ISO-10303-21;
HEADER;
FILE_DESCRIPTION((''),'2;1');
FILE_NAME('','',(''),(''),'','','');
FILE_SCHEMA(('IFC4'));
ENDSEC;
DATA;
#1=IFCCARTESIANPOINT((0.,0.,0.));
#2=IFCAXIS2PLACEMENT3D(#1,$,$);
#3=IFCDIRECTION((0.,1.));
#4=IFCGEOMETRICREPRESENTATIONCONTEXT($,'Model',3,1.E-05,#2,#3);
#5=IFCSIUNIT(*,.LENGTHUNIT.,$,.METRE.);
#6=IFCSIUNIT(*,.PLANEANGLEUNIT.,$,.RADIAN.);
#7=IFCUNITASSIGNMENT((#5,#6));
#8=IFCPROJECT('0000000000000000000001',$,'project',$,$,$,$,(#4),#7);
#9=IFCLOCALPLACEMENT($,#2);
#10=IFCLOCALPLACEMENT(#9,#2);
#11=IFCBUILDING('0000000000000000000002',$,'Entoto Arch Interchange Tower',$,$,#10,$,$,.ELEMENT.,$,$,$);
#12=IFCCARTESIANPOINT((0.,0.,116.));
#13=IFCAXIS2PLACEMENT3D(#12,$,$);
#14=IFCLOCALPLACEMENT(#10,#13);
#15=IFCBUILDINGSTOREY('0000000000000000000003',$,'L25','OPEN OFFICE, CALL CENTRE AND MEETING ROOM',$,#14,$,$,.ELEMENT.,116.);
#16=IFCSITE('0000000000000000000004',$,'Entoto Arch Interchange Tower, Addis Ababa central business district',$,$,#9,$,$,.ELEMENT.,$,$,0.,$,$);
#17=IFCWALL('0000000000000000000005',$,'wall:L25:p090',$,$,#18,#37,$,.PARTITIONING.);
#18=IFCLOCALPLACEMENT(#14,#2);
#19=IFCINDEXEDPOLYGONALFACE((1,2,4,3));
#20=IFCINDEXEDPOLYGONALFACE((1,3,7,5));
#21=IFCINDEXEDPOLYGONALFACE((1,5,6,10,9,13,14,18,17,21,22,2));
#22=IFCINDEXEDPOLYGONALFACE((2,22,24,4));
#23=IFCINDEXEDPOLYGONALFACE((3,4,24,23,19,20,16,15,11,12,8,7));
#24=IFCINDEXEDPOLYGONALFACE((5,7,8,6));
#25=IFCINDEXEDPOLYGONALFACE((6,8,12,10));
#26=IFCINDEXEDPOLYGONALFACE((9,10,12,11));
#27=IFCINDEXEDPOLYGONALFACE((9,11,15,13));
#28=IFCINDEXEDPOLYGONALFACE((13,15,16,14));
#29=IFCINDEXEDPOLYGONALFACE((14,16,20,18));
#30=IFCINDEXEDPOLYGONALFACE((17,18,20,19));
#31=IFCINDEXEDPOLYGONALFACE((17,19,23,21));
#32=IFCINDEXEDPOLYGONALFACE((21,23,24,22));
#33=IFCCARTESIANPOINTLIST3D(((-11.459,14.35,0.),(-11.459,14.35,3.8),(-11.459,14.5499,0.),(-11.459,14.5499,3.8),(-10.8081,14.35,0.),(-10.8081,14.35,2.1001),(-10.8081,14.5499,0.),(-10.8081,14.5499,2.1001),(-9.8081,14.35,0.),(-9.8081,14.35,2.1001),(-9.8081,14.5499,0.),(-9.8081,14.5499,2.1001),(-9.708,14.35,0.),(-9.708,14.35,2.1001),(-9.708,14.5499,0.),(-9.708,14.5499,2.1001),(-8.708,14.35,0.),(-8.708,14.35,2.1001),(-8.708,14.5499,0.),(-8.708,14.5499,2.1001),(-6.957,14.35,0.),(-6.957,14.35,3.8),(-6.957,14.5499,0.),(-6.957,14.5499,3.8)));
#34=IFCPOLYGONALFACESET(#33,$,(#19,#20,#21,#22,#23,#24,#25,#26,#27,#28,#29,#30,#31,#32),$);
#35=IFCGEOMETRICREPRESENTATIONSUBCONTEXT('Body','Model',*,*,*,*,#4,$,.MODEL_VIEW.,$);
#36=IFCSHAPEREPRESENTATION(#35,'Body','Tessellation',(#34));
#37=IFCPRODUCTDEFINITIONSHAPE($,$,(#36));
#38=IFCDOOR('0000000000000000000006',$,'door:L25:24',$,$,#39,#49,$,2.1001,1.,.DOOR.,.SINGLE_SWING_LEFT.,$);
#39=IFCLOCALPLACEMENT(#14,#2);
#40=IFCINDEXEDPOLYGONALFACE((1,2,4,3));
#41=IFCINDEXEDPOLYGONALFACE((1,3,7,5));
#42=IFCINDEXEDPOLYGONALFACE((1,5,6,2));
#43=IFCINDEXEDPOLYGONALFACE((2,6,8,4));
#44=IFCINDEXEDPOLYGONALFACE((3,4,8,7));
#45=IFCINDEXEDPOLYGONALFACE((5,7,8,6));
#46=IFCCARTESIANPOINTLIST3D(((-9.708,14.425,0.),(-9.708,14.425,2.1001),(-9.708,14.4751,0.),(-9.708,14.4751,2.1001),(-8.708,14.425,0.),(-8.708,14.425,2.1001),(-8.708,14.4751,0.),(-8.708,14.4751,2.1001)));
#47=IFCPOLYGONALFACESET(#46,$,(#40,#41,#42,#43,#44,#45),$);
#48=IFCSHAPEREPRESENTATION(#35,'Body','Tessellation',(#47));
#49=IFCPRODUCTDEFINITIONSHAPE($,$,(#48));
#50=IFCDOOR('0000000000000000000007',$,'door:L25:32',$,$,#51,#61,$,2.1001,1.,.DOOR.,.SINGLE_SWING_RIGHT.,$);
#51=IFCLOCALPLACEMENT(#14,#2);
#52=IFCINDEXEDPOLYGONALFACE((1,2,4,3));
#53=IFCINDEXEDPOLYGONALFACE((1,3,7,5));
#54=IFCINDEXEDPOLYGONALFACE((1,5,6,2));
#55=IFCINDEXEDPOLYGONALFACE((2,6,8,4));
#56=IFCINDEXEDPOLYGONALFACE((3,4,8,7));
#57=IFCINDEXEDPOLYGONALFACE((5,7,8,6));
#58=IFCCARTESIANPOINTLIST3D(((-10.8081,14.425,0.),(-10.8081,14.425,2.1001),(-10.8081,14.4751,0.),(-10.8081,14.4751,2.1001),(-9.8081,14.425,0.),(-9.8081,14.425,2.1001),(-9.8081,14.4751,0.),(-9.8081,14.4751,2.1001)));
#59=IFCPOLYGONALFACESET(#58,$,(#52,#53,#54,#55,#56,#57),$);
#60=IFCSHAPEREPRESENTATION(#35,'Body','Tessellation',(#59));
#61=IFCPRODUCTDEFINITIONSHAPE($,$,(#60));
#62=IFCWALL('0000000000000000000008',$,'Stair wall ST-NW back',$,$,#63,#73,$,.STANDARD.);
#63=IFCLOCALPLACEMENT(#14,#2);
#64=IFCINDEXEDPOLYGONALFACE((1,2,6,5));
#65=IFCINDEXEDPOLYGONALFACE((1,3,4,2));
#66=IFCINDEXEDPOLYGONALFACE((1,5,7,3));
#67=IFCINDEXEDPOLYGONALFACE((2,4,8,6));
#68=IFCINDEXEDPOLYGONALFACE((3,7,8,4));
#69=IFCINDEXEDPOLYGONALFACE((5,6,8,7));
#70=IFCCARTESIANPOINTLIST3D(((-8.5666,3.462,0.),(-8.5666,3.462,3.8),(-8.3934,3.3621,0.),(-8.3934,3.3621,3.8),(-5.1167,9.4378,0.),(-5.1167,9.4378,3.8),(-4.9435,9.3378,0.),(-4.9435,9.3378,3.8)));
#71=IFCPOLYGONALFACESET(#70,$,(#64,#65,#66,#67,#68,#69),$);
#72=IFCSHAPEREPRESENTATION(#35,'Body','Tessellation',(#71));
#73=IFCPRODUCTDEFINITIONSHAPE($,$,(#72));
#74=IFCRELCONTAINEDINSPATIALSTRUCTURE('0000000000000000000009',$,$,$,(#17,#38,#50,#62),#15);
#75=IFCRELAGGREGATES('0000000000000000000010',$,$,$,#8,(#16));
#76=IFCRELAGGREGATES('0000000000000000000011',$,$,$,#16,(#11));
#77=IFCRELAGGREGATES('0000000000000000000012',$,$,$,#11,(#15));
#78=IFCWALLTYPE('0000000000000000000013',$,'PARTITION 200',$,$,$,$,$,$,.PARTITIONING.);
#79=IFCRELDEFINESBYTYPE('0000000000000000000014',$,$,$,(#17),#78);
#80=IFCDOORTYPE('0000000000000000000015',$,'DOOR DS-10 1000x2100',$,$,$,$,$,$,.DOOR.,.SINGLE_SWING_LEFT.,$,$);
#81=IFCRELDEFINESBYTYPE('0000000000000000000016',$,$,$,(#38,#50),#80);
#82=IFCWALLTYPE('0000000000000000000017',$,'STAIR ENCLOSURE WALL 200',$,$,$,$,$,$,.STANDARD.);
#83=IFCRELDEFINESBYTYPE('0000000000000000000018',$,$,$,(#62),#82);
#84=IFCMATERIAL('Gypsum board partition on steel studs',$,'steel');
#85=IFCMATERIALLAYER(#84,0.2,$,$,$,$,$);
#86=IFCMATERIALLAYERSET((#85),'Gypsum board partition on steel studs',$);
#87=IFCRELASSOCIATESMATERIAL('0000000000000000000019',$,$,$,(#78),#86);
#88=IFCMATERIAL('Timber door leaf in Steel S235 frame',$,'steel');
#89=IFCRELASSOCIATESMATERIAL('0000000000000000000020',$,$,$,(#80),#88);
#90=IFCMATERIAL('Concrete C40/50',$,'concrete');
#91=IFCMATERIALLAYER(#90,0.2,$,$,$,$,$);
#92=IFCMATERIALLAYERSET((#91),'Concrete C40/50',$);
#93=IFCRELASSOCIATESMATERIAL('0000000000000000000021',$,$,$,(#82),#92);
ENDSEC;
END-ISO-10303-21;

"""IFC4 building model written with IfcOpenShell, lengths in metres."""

from ifc_helpers import new_model, si_unit, direction, frame, frame_2d, origin, place, context, subcontext, project, spatial, rectangle, extrude, material, layer, layer_set, type_object, element, fill, save


model = new_model("IFC4")

# Units and contexts
model_context = context("Model", 3, precision=1e-05, world=origin(), true_north=direction((0.0, 1.0)))
body_context = subcontext(model_context, "Body", "Model", "MODEL_VIEW")
ifc_project = project(units=[si_unit("LENGTHUNIT", "METRE"), si_unit("PLANEANGLEUNIT", "RADIAN")], contexts=[model_context])

# Site, building, storey
site_placement = place(None, origin())
site = spatial("IfcSite", under=ifc_project, at=site_placement, Name="Entoto Arch Interchange Tower, Addis Ababa central business district", CompositionType="ELEMENT", RefElevation=0.0)
building_placement = place(site_placement, origin())
building = spatial("IfcBuilding", under=site, at=building_placement, Name="Entoto Arch Interchange Tower", CompositionType="ELEMENT")
storey_placement = place(building_placement, frame((0.0, 0.0, 116.0)))
storey = spatial("IfcBuildingStorey", under=building, at=storey_placement, Name="L25", Description="OPEN OFFICE, CALL CENTRE AND MEETING ROOM", CompositionType="ELEMENT", Elevation=116.0)

# Shared definitions
ifc_material_1 = material(Name="Concrete C40/50", Category="concrete")

# Shared definitions
ifc_material_2 = material(Name="Gypsum board partition on steel studs", Category="steel")
ifc_layer_1 = layer(ifc_material_2, 0.2)
ifc_layer_set_1 = layer_set([ifc_layer_1], Name="Gypsum board partition on steel studs")
wall_type_1 = type_object("IfcWallType", Name="PARTITION 200", PredefinedType="PARTITIONING", material=ifc_layer_set_1)

# Wall, openings, doors
wall_1_placement = place(storey_placement, frame((-6.957, 14.45, 0.0), z_axis=(0.0, 0.0, 1.0), x_axis=(-1.0, 0.0, 0.0)))
wall_1 = element("IfcWall", 1, at=wall_1_placement, inside=storey, type_object=wall_type_1, Name="wall:L25:p090", PredefinedType="PARTITIONING", context=body_context, shape_type="SweptSolid", body=[
    extrude(rectangle(XDim=4.502, YDim=0.2, at=frame_2d((2.251, 0.0))), origin(), (0.0, 0.0, 1.0), 3.8),
])
opening_1_placement = place(wall_1_placement, frame((1.751, 0.0, 0.0)))
opening_1 = element("IfcOpeningElement", 2, at=opening_1_placement, cuts=wall_1, PredefinedType="OPENING", context=body_context, shape_type="SweptSolid", body=[
    extrude(rectangle(XDim=1.0, YDim=2.1001, at=frame_2d((0.5, 1.05))), frame((0.0, 0.1099, 0.0), z_axis=(0.0, -1.0, 0.0), x_axis=(1.0, 0.0, 0.0)), (0.0, 0.0, 1.0), 0.22),
])
opening_2_placement = place(wall_1_placement, frame((2.8511, 0.0, 0.0)))
opening_2 = element("IfcOpeningElement", 3, at=opening_2_placement, cuts=wall_1, PredefinedType="OPENING", context=body_context, shape_type="SweptSolid", body=[
    extrude(rectangle(XDim=1.0, YDim=2.1001, at=frame_2d((0.5, 1.05))), frame((0.0, 0.1099, 0.0), z_axis=(0.0, -1.0, 0.0), x_axis=(1.0, 0.0, 0.0)), (0.0, 0.0, 1.0), 0.22),
])
ifc_material_3 = material(Name="Timber door leaf in Steel S235 frame", Category="steel")
door_type_1 = type_object("IfcDoorType", Name="DOOR DS-10 1000x2100", OperationType="SINGLE_SWING_LEFT", PredefinedType="DOOR", material=ifc_material_3)
door_1_placement = place(opening_1_placement, origin())
door_1 = element("IfcDoor", 4, at=door_1_placement, inside=storey, type_object=door_type_1, Name="door:L25:24", OperationType="SINGLE_SWING_LEFT", OverallHeight=2.1001, OverallWidth=1.0, PredefinedType="DOOR", context=body_context, shape_type="SweptSolid", body=[
    extrude(rectangle(XDim=1.0, YDim=2.1001, at=frame_2d((0.5, 1.05))), frame((0.0, 0.0249, 0.0), z_axis=(0.0, -1.0, 0.0), x_axis=(1.0, 0.0, 0.0)), (0.0, 0.0, 1.0), 0.05),
])
fill(opening_1, door_1)
door_2_placement = place(opening_2_placement, origin())
door_2 = element("IfcDoor", 5, at=door_2_placement, inside=storey, type_object=door_type_1, Name="door:L25:32", OperationType="SINGLE_SWING_RIGHT", OverallHeight=2.1001, OverallWidth=1.0, PredefinedType="DOOR", context=body_context, shape_type="SweptSolid", body=[
    extrude(rectangle(XDim=1.0, YDim=2.1001, at=frame_2d((0.5, 1.05))), frame((0.0, 0.0249, 0.0), z_axis=(0.0, -1.0, 0.0), x_axis=(1.0, 0.0, 0.0)), (0.0, 0.0, 1.0), 0.05),
])
fill(opening_2, door_2)

# Wall
ifc_layer_2 = layer(ifc_material_1, 0.2)
ifc_layer_set_2 = layer_set([ifc_layer_2], Name="Concrete C40/50")
wall_type_2 = type_object("IfcWallType", Name="STAIR ENCLOSURE WALL 200", PredefinedType="STANDARD", material=ifc_layer_set_2)
wall_2_placement = place(storey_placement, frame((-5.03, 9.3879, 0.0), z_axis=(0.0, 0.0, 1.0), x_axis=(-0.499979, -0.866038, 0.0)))
element("IfcWall", 6, at=wall_2_placement, inside=storey, type_object=wall_type_2, Name="Stair wall ST-NW back", PredefinedType="STANDARD", context=body_context, shape_type="SweptSolid", body=[
    extrude(rectangle(XDim=6.9001, YDim=0.2, at=frame_2d((3.4502, 0.0))), origin(), (0.0, 0.0, 1.0), 3.8),
])

save(model, "model.ifc")
